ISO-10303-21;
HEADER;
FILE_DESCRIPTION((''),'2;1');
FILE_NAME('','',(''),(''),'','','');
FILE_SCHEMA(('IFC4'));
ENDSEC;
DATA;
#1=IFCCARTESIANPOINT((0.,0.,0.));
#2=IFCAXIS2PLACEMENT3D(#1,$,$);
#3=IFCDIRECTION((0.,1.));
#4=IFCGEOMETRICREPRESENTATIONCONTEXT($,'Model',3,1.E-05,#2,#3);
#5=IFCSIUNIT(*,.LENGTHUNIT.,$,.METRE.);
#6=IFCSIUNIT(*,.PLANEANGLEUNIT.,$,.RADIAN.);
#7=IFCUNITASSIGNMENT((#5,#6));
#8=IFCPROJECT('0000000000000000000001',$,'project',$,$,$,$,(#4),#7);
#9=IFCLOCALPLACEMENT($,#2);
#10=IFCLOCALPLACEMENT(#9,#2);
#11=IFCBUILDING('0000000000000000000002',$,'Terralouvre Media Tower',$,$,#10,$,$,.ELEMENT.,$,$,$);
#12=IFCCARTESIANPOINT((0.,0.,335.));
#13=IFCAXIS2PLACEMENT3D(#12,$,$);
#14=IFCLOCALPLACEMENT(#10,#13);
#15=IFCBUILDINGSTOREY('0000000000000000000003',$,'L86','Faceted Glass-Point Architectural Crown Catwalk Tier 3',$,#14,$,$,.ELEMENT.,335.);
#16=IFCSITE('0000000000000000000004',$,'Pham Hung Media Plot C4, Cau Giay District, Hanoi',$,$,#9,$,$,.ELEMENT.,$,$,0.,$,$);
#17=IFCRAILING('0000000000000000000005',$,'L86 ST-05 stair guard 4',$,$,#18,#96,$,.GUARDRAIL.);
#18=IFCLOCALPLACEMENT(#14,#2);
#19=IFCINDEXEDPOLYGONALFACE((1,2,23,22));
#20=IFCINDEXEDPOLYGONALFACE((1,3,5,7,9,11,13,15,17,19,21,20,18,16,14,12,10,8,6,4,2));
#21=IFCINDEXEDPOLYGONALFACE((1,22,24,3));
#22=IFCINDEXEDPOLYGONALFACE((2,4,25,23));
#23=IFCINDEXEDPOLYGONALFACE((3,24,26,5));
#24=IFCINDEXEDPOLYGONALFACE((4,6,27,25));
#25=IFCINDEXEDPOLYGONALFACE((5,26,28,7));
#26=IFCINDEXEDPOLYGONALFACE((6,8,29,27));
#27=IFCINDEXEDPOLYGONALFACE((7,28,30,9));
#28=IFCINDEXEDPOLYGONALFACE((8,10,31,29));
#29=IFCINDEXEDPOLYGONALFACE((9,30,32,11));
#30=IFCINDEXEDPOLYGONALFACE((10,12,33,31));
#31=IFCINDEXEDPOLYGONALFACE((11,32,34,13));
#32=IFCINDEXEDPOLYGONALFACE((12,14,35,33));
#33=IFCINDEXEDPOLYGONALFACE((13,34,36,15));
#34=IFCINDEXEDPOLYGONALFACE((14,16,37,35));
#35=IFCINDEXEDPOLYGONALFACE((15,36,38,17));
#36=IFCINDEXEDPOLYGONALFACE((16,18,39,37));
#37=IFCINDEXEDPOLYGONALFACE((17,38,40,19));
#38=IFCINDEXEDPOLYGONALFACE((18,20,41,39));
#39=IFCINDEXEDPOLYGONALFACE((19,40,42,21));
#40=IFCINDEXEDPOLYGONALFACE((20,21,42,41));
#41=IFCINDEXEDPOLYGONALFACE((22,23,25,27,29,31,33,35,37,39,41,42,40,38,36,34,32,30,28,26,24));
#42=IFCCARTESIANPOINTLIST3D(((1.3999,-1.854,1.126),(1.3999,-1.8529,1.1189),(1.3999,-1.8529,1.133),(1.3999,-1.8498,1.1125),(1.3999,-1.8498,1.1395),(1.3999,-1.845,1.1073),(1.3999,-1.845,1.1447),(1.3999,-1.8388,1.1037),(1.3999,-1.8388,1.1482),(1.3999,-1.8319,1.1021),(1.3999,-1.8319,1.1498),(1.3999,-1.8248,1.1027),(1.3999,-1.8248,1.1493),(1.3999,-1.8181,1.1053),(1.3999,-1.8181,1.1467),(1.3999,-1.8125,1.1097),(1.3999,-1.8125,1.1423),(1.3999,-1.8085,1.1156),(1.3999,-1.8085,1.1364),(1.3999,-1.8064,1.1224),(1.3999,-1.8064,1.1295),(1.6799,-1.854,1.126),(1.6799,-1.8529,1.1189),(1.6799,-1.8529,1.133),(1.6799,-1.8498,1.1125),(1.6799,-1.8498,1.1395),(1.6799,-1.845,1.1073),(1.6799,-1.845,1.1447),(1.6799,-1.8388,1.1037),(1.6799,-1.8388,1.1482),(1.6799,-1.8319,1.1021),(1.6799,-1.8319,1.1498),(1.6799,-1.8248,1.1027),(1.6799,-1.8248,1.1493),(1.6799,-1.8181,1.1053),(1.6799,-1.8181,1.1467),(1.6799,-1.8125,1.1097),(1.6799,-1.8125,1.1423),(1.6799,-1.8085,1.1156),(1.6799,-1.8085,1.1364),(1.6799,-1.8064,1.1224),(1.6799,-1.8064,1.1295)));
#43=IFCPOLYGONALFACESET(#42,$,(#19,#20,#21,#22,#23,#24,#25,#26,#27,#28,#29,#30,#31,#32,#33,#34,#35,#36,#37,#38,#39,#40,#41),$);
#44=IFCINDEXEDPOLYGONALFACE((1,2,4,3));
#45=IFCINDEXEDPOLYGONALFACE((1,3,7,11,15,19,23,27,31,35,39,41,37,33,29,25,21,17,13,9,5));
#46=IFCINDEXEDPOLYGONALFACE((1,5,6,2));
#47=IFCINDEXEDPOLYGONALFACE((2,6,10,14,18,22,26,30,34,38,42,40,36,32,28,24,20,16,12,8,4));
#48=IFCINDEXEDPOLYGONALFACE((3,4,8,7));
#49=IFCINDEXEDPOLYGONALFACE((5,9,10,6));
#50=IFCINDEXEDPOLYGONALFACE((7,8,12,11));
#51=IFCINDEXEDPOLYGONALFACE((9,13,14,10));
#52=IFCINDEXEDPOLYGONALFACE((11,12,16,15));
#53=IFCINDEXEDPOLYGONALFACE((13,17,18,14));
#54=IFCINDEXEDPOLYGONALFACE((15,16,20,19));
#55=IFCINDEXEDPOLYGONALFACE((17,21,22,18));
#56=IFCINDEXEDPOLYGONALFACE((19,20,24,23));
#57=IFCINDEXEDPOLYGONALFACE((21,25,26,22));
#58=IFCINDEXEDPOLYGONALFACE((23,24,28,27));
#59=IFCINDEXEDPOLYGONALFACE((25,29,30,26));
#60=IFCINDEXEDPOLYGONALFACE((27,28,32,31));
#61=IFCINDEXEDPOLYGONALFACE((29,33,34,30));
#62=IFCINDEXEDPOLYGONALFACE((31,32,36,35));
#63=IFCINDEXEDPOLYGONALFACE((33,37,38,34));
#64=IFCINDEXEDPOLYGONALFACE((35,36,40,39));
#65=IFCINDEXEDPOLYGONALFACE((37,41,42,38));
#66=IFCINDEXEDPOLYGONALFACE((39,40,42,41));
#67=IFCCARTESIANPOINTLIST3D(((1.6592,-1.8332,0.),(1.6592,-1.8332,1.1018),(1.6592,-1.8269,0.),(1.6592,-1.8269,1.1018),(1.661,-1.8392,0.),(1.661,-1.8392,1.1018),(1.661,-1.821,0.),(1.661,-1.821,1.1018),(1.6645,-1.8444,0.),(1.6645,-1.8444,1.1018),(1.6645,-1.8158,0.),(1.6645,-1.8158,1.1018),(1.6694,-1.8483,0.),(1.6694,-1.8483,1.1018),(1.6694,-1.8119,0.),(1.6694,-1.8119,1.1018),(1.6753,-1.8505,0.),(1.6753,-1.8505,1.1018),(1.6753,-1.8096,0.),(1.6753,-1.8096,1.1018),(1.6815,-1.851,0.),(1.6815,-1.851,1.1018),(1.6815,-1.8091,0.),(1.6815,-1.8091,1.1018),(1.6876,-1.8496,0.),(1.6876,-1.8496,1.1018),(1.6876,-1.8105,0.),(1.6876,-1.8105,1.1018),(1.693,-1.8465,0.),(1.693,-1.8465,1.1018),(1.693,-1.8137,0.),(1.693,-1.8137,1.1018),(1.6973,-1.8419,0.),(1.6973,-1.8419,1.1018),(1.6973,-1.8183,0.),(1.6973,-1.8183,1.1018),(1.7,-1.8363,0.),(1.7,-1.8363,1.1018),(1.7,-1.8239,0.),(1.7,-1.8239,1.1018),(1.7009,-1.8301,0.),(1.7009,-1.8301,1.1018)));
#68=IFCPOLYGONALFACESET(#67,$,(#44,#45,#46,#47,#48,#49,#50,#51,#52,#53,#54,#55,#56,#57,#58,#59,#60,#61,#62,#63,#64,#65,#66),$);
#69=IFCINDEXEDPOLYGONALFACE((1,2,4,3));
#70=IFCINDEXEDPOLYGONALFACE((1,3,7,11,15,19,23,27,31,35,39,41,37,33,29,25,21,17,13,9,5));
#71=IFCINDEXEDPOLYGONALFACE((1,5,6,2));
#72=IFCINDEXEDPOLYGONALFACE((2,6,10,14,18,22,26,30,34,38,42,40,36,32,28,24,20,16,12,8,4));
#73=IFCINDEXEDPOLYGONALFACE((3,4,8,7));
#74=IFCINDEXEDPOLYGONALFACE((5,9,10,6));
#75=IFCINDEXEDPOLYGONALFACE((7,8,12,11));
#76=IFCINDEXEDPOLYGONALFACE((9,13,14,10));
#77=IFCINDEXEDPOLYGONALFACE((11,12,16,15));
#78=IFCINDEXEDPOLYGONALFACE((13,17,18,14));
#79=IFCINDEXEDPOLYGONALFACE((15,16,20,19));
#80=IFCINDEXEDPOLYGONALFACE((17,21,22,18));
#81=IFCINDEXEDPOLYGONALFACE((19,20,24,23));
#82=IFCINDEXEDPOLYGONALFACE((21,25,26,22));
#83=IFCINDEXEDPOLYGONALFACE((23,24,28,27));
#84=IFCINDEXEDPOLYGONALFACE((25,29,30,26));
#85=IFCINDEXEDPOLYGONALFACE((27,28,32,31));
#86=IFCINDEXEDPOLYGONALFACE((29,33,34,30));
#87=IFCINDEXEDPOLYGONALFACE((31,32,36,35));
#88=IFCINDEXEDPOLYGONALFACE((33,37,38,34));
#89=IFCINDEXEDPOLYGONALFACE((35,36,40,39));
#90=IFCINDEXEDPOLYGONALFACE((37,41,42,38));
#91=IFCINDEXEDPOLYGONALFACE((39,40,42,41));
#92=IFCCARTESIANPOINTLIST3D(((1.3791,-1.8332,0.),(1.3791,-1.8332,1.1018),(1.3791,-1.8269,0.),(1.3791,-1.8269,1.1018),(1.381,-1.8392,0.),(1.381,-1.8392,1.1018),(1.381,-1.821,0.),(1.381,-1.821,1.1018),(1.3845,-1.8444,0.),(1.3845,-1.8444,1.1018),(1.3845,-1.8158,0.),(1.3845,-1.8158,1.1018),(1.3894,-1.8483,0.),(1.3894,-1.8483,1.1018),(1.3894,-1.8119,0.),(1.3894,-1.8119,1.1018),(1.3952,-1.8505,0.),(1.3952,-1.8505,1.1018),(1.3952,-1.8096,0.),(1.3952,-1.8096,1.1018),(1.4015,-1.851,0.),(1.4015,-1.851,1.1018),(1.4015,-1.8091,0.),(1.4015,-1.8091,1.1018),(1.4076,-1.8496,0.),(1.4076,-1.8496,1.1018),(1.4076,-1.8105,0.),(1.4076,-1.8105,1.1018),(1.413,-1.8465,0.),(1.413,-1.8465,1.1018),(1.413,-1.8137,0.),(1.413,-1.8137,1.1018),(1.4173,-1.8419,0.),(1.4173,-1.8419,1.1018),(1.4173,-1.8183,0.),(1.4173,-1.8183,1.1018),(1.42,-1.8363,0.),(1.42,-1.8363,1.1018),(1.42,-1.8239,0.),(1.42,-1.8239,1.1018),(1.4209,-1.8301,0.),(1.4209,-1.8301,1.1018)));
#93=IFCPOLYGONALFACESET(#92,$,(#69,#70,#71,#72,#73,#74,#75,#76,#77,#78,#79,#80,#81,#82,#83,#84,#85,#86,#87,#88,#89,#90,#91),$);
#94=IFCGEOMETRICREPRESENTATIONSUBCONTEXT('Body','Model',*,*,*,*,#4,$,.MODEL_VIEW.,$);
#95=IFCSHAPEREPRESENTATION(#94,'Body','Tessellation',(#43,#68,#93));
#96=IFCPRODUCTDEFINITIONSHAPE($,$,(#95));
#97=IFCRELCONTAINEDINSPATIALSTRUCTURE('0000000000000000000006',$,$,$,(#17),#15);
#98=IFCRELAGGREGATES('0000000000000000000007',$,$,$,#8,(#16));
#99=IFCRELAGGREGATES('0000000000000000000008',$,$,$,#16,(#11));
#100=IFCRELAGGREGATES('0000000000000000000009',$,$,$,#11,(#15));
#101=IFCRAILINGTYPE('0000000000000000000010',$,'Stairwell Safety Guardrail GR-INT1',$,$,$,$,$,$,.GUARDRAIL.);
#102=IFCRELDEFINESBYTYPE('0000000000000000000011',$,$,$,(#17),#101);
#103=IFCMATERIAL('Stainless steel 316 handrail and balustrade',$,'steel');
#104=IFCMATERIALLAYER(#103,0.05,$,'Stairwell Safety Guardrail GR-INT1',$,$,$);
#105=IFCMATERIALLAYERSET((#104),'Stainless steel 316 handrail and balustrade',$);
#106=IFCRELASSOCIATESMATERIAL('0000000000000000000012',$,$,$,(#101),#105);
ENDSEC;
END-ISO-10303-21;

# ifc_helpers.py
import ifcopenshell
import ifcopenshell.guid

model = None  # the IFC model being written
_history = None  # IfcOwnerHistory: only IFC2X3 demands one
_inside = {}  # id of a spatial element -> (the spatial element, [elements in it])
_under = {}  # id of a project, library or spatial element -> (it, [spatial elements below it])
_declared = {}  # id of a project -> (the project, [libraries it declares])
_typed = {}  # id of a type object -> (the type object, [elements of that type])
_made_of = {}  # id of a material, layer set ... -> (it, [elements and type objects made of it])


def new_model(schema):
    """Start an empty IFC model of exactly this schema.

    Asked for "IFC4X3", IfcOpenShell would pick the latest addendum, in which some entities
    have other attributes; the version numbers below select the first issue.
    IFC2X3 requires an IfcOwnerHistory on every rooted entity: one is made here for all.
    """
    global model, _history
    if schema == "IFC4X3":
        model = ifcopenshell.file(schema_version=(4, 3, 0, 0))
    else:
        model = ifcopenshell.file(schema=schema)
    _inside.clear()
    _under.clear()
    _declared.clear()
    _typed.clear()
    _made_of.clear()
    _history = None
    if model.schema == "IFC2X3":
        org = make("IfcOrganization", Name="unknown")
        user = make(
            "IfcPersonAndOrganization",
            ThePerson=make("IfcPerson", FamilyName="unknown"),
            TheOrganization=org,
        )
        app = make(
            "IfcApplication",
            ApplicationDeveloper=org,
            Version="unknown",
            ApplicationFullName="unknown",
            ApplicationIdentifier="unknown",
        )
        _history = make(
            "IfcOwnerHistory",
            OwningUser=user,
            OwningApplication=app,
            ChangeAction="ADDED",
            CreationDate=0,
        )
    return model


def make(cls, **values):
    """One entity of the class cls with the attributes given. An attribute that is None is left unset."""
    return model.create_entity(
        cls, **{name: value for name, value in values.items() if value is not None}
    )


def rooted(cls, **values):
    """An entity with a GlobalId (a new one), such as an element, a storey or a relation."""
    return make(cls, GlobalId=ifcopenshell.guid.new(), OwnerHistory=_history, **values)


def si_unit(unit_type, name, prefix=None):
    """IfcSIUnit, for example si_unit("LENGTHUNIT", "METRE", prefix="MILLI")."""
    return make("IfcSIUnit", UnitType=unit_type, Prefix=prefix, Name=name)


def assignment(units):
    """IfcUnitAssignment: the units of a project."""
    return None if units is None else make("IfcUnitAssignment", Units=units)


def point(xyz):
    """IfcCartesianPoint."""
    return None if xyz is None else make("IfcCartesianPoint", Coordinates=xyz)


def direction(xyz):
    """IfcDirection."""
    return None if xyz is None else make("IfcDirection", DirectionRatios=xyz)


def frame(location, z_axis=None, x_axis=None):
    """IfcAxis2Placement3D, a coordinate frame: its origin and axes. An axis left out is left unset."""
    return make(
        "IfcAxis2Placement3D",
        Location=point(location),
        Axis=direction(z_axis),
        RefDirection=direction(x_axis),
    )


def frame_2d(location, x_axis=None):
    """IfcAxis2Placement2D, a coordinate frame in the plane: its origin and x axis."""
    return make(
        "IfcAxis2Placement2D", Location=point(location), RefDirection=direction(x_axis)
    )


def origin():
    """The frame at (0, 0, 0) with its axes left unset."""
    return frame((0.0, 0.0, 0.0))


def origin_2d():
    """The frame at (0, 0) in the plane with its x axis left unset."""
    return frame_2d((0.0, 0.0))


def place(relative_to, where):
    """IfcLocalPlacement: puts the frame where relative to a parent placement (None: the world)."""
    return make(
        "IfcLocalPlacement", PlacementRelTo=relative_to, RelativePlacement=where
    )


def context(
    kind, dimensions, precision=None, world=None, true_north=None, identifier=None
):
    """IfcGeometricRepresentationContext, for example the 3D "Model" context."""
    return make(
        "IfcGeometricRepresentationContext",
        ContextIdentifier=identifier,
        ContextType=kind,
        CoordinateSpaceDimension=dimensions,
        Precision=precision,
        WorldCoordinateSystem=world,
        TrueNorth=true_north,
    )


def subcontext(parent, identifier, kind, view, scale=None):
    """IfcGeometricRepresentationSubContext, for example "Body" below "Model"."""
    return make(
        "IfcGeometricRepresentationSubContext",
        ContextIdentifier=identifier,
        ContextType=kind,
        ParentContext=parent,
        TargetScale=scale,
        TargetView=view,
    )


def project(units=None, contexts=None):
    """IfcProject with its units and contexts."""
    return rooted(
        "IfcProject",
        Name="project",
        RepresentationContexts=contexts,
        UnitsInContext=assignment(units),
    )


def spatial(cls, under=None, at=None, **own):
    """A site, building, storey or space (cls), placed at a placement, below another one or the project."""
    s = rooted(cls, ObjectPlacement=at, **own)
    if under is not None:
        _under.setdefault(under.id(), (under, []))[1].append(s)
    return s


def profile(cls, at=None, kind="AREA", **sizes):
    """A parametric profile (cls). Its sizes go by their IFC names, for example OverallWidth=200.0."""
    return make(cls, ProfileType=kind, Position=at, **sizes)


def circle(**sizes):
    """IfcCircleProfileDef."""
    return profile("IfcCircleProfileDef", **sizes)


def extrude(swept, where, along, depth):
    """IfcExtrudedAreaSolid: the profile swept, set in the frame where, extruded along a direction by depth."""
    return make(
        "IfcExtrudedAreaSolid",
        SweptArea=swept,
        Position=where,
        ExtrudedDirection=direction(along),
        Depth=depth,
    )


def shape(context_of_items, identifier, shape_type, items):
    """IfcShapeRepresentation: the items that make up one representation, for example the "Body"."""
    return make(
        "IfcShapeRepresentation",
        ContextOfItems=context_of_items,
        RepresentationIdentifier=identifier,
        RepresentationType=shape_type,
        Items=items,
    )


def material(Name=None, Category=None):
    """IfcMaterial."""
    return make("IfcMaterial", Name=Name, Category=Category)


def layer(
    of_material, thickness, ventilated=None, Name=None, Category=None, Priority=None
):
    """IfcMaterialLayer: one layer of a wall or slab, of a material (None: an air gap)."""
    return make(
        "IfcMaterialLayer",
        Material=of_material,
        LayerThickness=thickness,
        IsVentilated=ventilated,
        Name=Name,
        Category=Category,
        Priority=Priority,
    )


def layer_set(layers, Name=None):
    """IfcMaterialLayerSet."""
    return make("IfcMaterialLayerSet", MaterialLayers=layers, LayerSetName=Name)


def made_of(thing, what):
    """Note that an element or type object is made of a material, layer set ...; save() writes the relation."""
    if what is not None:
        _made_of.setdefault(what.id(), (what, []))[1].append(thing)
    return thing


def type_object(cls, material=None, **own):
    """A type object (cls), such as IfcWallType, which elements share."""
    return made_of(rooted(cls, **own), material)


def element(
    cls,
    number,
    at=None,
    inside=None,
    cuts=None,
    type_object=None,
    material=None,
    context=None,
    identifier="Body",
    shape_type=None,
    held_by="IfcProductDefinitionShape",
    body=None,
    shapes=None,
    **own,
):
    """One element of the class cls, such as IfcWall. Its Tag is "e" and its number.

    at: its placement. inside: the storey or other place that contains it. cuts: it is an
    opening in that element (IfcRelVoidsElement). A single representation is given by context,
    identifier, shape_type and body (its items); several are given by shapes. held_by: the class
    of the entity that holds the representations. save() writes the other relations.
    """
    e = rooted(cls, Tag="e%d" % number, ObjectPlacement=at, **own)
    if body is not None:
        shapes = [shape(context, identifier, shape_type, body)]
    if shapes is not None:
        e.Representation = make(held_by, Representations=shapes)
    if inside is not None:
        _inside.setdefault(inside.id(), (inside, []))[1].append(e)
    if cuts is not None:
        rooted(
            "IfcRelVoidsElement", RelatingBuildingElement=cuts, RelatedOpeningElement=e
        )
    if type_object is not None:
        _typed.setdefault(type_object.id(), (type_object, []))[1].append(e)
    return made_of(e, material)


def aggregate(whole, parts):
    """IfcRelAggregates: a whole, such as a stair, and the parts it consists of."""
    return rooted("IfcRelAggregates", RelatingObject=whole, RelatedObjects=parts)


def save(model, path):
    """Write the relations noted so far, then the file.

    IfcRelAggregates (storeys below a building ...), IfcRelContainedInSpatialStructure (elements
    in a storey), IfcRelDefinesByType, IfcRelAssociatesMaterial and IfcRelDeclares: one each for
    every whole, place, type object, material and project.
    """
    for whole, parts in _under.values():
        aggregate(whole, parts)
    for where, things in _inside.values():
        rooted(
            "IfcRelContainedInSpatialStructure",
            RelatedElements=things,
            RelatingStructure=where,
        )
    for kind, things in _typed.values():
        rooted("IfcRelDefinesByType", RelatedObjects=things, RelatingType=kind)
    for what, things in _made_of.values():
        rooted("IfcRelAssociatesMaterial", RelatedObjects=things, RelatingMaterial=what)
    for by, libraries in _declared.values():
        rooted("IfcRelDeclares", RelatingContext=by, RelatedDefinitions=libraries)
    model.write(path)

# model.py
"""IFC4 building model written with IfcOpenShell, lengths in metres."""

from ifc_helpers import new_model, si_unit, direction, frame, origin, origin_2d, place, context, subcontext, project, spatial, circle, extrude, material, layer, layer_set, type_object, element, save


model = new_model("IFC4")

# Units and contexts
model_context = context("Model", 3, precision=1e-05, world=origin(), true_north=direction((0.0, 1.0)))
body_context = subcontext(model_context, "Body", "Model", "MODEL_VIEW")
ifc_project = project(units=[si_unit("LENGTHUNIT", "METRE"), si_unit("PLANEANGLEUNIT", "RADIAN")], contexts=[model_context])

# Site, building, storey
site_placement = place(None, origin())
site = spatial("IfcSite", under=ifc_project, at=site_placement, Name="Pham Hung Media Plot C4, Cau Giay District, Hanoi", CompositionType="ELEMENT", RefElevation=0.0)
building_placement = place(site_placement, origin())
building = spatial("IfcBuilding", under=site, at=building_placement, Name="Terralouvre Media Tower", CompositionType="ELEMENT")
storey_placement = place(building_placement, frame((0.0, 0.0, 335.0)))
storey = spatial("IfcBuildingStorey", under=building, at=storey_placement, Name="L86", Description="Faceted Glass-Point Architectural Crown Catwalk Tier 3", CompositionType="ELEMENT", Elevation=335.0)

# Railing
ifc_material_1 = material(Name="Stainless steel 316 handrail and balustrade", Category="steel")
ifc_layer_1 = layer(ifc_material_1, 0.05, Name="Stairwell Safety Guardrail GR-INT1")
ifc_layer_set_1 = layer_set([ifc_layer_1], Name="Stainless steel 316 handrail and balustrade")
railing_type_1 = type_object("IfcRailingType", Name="Stairwell Safety Guardrail GR-INT1", PredefinedType="GUARDRAIL", material=ifc_layer_set_1)
railing_1_placement = place(storey_placement, frame((1.6799, -1.8301, 0.0)))
element("IfcRailing", 1, at=railing_1_placement, inside=storey, type_object=railing_type_1, Name="L86 ST-05 stair guard 4", PredefinedType="GUARDRAIL", context=body_context, shape_type="SweptSolid", body=[
    extrude(circle(Radius=0.0239, at=origin_2d()), frame((0.0, 0.0, 1.126), z_axis=(-1.0, 0.0, 0.0), x_axis=(0.0, -1.0, 0.0)), (0.0, 0.0, 1.0), 0.28),
    extrude(circle(Radius=0.021, at=origin_2d()), origin(), (0.0, 0.0, 1.0), 1.1018),
    extrude(circle(Radius=0.021, at=origin_2d()), frame((-0.28, 0.0, 0.0)), (0.0, 0.0, 1.0), 1.1018),
])

save(model, "model.ifc")
